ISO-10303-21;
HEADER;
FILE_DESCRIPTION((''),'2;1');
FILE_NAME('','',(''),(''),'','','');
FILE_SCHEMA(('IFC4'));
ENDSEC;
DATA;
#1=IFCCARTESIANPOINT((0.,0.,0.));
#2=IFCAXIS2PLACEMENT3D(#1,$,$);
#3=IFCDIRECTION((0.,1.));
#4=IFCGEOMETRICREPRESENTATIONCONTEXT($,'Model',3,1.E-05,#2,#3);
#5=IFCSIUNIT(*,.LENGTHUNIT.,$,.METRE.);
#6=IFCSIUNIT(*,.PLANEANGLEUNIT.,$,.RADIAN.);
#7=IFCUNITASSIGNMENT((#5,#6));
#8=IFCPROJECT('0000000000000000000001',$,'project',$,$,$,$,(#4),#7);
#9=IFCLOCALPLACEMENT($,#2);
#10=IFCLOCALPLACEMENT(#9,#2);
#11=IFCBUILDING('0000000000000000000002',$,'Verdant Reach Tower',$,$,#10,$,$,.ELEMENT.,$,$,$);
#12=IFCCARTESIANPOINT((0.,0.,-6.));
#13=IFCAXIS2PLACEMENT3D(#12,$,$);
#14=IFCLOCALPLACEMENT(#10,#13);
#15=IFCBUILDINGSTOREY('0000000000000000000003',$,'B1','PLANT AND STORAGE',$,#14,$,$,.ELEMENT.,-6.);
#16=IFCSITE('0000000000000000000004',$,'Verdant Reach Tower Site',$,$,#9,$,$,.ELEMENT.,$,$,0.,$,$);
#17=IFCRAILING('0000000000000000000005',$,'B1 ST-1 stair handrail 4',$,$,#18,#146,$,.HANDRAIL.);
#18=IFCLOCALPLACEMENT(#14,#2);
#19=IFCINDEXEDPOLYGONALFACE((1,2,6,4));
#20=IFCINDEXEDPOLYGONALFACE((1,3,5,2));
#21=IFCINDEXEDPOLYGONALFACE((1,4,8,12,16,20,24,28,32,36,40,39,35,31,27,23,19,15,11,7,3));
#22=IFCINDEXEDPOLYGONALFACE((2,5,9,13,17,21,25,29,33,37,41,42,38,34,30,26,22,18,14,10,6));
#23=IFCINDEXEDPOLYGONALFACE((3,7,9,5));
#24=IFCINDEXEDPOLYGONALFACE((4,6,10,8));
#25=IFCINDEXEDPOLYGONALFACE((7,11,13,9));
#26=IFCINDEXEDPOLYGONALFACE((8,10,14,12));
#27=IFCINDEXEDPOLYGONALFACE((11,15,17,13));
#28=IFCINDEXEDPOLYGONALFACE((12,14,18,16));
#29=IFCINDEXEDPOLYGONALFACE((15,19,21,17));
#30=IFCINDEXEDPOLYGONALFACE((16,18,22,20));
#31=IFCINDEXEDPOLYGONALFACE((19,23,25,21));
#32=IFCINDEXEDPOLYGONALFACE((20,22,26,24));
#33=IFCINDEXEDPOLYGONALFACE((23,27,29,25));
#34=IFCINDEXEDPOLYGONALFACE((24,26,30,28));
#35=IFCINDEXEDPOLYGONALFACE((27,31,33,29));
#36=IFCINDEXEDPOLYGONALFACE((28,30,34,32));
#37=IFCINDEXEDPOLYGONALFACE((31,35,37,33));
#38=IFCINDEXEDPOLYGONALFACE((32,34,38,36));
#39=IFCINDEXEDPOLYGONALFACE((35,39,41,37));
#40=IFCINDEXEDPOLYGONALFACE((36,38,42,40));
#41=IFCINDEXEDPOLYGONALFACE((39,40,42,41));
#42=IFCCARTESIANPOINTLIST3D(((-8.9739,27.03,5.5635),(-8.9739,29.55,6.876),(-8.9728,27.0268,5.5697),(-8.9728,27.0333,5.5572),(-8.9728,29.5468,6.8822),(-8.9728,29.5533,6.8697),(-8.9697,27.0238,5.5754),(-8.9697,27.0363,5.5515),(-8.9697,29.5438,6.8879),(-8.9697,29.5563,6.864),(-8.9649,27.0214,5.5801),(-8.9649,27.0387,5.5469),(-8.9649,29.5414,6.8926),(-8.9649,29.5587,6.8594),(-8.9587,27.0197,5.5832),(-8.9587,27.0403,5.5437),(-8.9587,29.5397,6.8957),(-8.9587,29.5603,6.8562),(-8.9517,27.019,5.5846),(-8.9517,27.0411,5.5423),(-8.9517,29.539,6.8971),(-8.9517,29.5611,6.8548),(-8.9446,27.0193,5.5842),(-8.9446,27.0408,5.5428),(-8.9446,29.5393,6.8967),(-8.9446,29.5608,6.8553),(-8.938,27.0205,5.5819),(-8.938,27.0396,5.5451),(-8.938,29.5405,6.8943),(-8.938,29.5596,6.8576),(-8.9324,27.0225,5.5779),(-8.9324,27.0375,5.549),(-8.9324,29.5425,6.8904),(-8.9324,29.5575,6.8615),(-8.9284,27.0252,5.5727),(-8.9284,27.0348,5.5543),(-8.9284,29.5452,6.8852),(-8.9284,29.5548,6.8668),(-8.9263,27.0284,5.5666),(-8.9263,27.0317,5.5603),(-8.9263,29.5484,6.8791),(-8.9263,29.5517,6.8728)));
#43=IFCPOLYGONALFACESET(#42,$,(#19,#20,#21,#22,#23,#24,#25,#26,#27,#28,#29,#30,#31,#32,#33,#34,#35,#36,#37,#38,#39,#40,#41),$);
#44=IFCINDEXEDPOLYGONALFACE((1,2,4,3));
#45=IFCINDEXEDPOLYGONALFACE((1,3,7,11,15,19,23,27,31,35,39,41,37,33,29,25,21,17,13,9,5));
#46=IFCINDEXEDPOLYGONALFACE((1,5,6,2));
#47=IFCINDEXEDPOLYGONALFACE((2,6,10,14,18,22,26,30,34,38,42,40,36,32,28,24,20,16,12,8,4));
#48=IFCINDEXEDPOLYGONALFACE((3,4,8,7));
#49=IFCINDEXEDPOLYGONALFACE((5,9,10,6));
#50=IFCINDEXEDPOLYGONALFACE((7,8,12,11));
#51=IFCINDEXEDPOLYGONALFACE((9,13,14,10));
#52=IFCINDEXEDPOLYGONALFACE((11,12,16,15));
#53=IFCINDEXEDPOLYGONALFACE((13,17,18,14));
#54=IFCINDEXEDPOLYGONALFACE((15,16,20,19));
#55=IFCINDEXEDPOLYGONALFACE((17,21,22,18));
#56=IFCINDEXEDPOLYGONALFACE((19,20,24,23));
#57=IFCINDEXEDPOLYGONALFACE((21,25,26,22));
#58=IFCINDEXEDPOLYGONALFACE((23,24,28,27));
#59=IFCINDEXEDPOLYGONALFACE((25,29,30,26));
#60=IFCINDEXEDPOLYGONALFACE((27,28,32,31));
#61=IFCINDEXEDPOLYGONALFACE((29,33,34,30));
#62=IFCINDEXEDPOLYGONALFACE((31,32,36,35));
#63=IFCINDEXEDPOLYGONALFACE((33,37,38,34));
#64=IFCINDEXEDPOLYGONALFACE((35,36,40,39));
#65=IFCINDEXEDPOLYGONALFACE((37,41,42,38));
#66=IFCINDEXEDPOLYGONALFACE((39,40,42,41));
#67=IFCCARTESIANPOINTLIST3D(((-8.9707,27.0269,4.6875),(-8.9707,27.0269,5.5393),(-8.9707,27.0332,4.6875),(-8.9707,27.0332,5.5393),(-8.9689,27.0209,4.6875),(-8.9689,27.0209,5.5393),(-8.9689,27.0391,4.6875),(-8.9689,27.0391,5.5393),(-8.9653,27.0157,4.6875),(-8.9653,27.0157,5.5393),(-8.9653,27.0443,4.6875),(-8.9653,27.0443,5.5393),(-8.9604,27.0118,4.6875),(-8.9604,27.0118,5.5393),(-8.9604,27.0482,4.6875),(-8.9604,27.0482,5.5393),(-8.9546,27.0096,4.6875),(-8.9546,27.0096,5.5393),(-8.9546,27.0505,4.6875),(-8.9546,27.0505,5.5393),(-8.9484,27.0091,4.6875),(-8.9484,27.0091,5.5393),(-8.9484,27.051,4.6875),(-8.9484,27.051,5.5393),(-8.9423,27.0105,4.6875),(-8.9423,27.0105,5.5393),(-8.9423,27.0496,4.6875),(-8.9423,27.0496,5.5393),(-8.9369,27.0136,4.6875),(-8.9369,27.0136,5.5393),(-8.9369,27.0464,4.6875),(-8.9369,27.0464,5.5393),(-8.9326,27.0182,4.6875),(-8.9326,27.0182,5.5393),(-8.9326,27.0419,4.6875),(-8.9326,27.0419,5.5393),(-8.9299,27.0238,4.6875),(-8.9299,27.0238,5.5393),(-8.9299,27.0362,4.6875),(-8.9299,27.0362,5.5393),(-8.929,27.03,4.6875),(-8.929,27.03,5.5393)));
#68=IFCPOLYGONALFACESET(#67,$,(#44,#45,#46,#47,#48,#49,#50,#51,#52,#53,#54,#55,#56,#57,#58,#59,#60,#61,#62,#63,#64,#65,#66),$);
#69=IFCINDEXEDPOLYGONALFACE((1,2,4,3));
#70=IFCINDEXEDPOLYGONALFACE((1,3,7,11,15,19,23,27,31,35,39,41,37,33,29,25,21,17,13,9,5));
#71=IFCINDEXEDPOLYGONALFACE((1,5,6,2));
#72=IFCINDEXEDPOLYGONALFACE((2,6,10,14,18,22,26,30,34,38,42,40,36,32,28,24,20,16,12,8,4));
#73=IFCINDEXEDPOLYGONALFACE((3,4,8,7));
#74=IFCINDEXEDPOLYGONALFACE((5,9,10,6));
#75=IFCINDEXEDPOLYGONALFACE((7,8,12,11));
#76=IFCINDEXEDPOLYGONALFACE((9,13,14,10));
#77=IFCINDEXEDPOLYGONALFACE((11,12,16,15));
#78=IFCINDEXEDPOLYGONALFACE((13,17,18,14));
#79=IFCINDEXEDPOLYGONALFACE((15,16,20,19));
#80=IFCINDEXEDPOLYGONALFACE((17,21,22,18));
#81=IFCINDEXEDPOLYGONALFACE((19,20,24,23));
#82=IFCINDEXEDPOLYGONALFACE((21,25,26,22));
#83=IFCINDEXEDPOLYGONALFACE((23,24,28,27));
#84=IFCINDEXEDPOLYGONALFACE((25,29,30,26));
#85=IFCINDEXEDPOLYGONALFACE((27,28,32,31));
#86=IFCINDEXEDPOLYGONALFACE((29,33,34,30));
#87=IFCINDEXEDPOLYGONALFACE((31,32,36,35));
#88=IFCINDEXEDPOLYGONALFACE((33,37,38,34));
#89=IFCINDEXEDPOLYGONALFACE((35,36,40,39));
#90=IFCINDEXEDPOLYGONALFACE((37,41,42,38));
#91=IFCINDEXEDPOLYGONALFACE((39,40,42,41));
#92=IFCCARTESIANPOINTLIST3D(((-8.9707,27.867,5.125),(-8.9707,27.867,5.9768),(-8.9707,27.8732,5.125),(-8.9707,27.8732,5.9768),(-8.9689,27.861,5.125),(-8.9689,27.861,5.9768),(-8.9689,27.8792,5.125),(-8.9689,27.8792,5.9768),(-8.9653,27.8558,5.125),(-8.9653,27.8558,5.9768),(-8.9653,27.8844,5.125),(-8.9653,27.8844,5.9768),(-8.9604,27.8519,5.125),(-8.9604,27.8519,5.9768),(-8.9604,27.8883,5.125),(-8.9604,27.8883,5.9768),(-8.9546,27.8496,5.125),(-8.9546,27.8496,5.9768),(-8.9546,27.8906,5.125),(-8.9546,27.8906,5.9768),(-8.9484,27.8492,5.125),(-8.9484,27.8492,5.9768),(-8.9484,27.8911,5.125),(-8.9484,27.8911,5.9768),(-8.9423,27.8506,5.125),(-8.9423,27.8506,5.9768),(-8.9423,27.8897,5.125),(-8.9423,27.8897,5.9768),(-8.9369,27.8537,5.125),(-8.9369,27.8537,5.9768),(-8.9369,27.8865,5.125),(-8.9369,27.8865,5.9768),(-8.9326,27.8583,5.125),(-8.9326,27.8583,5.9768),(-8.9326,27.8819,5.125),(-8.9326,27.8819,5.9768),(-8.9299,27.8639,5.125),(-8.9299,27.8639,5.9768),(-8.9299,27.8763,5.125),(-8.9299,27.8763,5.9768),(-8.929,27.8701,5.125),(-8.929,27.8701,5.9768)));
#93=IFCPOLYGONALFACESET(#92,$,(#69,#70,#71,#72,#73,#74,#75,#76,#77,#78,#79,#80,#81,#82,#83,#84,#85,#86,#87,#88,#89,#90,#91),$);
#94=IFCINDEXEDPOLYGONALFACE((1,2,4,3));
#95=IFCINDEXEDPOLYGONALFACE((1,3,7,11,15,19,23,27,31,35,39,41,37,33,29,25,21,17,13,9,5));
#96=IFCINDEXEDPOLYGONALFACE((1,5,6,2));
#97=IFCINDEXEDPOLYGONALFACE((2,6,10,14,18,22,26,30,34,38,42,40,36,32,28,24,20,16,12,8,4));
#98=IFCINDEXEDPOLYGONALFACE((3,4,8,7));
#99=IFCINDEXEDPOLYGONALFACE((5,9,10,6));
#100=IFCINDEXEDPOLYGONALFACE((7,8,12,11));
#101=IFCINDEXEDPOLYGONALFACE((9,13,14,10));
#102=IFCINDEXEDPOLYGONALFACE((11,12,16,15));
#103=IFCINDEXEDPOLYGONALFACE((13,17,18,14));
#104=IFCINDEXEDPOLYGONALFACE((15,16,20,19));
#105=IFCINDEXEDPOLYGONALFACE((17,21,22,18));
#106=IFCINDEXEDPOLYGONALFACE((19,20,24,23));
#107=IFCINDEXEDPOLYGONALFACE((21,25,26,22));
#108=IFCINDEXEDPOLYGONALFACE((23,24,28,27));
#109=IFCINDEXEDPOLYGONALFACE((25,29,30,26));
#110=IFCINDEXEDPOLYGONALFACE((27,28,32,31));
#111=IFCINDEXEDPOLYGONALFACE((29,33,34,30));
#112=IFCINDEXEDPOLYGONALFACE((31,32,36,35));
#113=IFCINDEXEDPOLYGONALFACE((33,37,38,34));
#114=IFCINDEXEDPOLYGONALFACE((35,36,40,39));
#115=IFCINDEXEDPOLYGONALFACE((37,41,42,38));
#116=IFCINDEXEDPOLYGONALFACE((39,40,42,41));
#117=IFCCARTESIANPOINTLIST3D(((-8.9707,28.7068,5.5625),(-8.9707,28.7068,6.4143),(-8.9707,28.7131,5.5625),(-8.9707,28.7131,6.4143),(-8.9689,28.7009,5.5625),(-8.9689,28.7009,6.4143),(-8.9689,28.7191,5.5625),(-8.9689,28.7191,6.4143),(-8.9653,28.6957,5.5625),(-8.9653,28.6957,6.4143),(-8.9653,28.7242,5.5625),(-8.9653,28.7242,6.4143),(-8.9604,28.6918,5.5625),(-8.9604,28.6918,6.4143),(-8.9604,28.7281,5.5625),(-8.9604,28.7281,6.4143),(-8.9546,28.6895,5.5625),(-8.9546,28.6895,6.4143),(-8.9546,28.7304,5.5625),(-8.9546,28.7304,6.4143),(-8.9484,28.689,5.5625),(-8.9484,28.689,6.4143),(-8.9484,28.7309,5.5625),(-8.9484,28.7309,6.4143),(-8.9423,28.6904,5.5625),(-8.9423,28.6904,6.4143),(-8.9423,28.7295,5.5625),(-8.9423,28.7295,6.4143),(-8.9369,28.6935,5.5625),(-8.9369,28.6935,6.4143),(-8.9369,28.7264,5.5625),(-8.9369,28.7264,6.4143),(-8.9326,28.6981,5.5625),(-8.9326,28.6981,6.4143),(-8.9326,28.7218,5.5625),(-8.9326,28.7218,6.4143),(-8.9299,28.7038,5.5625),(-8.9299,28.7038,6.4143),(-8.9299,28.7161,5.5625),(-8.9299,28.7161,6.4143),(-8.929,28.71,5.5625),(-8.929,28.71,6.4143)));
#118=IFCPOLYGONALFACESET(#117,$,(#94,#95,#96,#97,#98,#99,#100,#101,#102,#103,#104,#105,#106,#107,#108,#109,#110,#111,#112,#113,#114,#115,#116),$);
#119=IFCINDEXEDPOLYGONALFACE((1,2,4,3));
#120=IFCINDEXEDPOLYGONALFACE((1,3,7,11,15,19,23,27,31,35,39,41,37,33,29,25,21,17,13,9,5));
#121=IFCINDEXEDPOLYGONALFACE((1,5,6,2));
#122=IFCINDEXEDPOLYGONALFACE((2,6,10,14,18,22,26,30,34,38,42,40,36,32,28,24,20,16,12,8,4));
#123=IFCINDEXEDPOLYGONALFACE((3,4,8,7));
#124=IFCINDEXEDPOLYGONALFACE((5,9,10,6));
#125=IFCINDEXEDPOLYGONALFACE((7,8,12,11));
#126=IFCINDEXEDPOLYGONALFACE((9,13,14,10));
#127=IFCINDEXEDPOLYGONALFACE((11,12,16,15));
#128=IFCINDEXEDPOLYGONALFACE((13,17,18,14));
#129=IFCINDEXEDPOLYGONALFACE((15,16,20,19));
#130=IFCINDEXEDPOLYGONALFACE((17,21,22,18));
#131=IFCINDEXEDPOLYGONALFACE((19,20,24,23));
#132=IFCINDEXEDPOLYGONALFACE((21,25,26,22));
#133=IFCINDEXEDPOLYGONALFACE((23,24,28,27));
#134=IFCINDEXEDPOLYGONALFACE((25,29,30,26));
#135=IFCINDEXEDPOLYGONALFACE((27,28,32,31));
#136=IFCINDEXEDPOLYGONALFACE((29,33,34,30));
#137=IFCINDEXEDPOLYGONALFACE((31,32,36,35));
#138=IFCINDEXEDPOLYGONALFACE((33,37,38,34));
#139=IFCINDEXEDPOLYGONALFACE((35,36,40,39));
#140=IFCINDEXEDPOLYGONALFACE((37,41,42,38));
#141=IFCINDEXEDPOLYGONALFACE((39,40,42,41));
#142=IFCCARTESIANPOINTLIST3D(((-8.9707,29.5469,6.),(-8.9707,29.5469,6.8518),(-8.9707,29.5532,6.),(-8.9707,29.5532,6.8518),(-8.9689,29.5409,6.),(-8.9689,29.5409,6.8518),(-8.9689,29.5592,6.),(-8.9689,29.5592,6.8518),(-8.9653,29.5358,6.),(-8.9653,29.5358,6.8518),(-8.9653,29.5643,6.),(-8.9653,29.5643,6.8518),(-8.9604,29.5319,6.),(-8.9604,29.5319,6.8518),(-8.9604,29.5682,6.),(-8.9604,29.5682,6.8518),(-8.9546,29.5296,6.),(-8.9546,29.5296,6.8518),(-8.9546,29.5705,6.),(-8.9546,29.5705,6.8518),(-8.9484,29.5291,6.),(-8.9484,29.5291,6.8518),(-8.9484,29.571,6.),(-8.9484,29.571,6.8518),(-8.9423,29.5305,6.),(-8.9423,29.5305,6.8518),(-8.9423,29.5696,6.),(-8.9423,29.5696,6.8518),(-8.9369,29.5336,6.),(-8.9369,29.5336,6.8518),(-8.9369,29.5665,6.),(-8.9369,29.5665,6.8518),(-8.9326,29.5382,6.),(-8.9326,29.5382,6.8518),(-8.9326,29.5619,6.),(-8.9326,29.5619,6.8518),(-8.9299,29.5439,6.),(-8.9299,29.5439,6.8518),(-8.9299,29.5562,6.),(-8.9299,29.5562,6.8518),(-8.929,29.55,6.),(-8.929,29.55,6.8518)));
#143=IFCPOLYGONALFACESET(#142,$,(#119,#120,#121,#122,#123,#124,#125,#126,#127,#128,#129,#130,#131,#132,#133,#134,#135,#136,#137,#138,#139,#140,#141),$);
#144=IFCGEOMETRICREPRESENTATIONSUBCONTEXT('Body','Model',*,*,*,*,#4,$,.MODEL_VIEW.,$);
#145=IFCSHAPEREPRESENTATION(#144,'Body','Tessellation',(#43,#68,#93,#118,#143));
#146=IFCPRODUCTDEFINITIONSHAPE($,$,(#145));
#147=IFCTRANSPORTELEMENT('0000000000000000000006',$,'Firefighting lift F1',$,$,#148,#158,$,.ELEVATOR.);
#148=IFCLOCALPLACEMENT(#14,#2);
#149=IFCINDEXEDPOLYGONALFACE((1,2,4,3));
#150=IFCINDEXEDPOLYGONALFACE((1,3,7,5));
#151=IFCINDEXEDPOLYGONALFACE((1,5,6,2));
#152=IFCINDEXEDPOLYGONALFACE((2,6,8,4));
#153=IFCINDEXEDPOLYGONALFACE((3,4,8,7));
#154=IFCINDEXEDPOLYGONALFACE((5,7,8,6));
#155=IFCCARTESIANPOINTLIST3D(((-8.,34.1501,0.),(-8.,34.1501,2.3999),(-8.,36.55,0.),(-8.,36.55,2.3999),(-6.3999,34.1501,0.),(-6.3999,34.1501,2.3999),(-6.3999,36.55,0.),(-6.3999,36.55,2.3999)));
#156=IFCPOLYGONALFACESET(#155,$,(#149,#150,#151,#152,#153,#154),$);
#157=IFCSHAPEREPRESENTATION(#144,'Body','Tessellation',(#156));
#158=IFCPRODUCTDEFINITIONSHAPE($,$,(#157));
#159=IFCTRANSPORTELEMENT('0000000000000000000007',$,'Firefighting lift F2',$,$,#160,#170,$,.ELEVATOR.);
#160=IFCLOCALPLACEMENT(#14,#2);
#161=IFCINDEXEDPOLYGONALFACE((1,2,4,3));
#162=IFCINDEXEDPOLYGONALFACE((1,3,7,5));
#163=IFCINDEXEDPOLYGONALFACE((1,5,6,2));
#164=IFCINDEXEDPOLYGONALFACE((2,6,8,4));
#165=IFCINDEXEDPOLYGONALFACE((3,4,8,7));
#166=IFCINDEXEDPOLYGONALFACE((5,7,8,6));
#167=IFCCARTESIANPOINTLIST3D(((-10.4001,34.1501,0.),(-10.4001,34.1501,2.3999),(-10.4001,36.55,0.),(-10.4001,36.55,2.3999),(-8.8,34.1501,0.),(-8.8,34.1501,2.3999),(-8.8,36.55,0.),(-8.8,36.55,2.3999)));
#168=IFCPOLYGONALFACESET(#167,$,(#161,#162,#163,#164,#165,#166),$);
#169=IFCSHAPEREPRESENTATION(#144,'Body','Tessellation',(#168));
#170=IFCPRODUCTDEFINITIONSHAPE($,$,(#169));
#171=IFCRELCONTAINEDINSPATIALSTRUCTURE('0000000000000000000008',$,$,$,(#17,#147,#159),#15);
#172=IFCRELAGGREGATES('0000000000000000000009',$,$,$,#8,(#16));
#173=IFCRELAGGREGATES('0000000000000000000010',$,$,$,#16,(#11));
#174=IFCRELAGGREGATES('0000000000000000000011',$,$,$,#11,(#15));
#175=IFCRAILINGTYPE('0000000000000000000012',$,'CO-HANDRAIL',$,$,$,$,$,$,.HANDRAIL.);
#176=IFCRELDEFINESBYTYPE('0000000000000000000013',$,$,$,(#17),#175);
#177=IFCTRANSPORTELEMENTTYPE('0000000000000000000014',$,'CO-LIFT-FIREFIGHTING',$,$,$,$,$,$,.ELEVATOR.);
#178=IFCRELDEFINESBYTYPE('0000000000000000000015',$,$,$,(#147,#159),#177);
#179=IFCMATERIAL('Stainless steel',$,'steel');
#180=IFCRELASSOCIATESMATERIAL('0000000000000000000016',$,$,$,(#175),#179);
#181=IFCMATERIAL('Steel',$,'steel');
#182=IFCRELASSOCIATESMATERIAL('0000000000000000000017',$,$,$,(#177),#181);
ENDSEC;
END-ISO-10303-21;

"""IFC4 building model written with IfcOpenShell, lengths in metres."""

from ifc_helpers import new_model, si_unit, direction, frame, origin, origin_2d, place, context, subcontext, project, spatial, rectangle, circle, extrude, material, type_object, element, save


model = new_model("IFC4")

# Units and contexts
model_context = context("Model", 3, precision=1e-05, world=origin(), true_north=direction((0.0, 1.0)))
body_context = subcontext(model_context, "Body", "Model", "MODEL_VIEW")
ifc_project = project(units=[si_unit("LENGTHUNIT", "METRE"), si_unit("PLANEANGLEUNIT", "RADIAN")], contexts=[model_context])

# Site, building, storey
site_placement = place(None, origin())
site = spatial("IfcSite", under=ifc_project, at=site_placement, Name="Verdant Reach Tower Site", CompositionType="ELEMENT", RefElevation=0.0)
building_placement = place(site_placement, origin())
building = spatial("IfcBuilding", under=site, at=building_placement, Name="Verdant Reach Tower", CompositionType="ELEMENT")
storey_placement = place(building_placement, frame((0.0, 0.0, -6.0)))
storey = spatial("IfcBuildingStorey", under=building, at=storey_placement, Name="B1", Description="PLANT AND STORAGE", CompositionType="ELEMENT", Elevation=-6.0)

# Shared definitions
ifc_material_1 = material(Name="Stainless steel", Category="steel")

# Railing
railing_type_1 = type_object("IfcRailingType", Name="CO-HANDRAIL", PredefinedType="HANDRAIL", material=ifc_material_1)
for number, where, name in (
    (1, (-8.95, 27.03, 4.6875), "B1 ST-1 stair handrail 4"),
):
    element("IfcRailing", number, at=place(storey_placement, frame(where)), inside=storey, type_object=railing_type_1, Name=name, PredefinedType="HANDRAIL", context=body_context, shape_type="SweptSolid", body=[
        extrude(circle(Radius=0.0239, at=origin_2d()), frame((0.0, 0.0, 0.876), z_axis=(0.0, 0.886916, 0.461932), x_axis=(-1.0, 0.0, 0.0)), (0.0, 0.0, 1.0), 2.8413),
        extrude(circle(Radius=0.021, at=origin_2d()), origin(), (0.0, 0.0, 1.0), 0.8518),
        extrude(circle(Radius=0.021, at=origin_2d()), frame((0.0, 0.8401, 0.4375)), (0.0, 0.0, 1.0), 0.8518),
        extrude(circle(Radius=0.021, at=origin_2d()), frame((0.0, 1.6799, 0.875)), (0.0, 0.0, 1.0), 0.8518),
        extrude(circle(Radius=0.021, at=origin_2d()), frame((0.0, 2.52, 1.3125)), (0.0, 0.0, 1.0), 0.8518),
    ])

# Transport elements
ifc_material_2 = material(Name="Steel", Category="steel")
transport_element_type = type_object("IfcTransportElementType", Name="CO-LIFT-FIREFIGHTING", PredefinedType="ELEVATOR", material=ifc_material_2)
for number, where, z_axis, x_axis, name in (
    (2, (-7.2, 35.3501, 0.0), (0.0, 0.0, 1.0), (1.0, 0.0, 0.0), "Firefighting lift F1"),
    (3, (-9.6001, 35.3501, 0.0), (0.0, 0.0, 1.0), (1.0, 0.0, 0.0), "Firefighting lift F2"),
):
    element("IfcTransportElement", number, at=place(storey_placement, frame(where, z_axis=z_axis, x_axis=x_axis)), inside=storey, type_object=transport_element_type, Name=name, PredefinedType="ELEVATOR", context=body_context, shape_type="SweptSolid", body=[
        extrude(rectangle(XDim=1.6001, YDim=2.3999, at=origin_2d()), origin(), (0.0, 0.0, 1.0), 2.3999),
    ])

save(model, "model.ifc")
